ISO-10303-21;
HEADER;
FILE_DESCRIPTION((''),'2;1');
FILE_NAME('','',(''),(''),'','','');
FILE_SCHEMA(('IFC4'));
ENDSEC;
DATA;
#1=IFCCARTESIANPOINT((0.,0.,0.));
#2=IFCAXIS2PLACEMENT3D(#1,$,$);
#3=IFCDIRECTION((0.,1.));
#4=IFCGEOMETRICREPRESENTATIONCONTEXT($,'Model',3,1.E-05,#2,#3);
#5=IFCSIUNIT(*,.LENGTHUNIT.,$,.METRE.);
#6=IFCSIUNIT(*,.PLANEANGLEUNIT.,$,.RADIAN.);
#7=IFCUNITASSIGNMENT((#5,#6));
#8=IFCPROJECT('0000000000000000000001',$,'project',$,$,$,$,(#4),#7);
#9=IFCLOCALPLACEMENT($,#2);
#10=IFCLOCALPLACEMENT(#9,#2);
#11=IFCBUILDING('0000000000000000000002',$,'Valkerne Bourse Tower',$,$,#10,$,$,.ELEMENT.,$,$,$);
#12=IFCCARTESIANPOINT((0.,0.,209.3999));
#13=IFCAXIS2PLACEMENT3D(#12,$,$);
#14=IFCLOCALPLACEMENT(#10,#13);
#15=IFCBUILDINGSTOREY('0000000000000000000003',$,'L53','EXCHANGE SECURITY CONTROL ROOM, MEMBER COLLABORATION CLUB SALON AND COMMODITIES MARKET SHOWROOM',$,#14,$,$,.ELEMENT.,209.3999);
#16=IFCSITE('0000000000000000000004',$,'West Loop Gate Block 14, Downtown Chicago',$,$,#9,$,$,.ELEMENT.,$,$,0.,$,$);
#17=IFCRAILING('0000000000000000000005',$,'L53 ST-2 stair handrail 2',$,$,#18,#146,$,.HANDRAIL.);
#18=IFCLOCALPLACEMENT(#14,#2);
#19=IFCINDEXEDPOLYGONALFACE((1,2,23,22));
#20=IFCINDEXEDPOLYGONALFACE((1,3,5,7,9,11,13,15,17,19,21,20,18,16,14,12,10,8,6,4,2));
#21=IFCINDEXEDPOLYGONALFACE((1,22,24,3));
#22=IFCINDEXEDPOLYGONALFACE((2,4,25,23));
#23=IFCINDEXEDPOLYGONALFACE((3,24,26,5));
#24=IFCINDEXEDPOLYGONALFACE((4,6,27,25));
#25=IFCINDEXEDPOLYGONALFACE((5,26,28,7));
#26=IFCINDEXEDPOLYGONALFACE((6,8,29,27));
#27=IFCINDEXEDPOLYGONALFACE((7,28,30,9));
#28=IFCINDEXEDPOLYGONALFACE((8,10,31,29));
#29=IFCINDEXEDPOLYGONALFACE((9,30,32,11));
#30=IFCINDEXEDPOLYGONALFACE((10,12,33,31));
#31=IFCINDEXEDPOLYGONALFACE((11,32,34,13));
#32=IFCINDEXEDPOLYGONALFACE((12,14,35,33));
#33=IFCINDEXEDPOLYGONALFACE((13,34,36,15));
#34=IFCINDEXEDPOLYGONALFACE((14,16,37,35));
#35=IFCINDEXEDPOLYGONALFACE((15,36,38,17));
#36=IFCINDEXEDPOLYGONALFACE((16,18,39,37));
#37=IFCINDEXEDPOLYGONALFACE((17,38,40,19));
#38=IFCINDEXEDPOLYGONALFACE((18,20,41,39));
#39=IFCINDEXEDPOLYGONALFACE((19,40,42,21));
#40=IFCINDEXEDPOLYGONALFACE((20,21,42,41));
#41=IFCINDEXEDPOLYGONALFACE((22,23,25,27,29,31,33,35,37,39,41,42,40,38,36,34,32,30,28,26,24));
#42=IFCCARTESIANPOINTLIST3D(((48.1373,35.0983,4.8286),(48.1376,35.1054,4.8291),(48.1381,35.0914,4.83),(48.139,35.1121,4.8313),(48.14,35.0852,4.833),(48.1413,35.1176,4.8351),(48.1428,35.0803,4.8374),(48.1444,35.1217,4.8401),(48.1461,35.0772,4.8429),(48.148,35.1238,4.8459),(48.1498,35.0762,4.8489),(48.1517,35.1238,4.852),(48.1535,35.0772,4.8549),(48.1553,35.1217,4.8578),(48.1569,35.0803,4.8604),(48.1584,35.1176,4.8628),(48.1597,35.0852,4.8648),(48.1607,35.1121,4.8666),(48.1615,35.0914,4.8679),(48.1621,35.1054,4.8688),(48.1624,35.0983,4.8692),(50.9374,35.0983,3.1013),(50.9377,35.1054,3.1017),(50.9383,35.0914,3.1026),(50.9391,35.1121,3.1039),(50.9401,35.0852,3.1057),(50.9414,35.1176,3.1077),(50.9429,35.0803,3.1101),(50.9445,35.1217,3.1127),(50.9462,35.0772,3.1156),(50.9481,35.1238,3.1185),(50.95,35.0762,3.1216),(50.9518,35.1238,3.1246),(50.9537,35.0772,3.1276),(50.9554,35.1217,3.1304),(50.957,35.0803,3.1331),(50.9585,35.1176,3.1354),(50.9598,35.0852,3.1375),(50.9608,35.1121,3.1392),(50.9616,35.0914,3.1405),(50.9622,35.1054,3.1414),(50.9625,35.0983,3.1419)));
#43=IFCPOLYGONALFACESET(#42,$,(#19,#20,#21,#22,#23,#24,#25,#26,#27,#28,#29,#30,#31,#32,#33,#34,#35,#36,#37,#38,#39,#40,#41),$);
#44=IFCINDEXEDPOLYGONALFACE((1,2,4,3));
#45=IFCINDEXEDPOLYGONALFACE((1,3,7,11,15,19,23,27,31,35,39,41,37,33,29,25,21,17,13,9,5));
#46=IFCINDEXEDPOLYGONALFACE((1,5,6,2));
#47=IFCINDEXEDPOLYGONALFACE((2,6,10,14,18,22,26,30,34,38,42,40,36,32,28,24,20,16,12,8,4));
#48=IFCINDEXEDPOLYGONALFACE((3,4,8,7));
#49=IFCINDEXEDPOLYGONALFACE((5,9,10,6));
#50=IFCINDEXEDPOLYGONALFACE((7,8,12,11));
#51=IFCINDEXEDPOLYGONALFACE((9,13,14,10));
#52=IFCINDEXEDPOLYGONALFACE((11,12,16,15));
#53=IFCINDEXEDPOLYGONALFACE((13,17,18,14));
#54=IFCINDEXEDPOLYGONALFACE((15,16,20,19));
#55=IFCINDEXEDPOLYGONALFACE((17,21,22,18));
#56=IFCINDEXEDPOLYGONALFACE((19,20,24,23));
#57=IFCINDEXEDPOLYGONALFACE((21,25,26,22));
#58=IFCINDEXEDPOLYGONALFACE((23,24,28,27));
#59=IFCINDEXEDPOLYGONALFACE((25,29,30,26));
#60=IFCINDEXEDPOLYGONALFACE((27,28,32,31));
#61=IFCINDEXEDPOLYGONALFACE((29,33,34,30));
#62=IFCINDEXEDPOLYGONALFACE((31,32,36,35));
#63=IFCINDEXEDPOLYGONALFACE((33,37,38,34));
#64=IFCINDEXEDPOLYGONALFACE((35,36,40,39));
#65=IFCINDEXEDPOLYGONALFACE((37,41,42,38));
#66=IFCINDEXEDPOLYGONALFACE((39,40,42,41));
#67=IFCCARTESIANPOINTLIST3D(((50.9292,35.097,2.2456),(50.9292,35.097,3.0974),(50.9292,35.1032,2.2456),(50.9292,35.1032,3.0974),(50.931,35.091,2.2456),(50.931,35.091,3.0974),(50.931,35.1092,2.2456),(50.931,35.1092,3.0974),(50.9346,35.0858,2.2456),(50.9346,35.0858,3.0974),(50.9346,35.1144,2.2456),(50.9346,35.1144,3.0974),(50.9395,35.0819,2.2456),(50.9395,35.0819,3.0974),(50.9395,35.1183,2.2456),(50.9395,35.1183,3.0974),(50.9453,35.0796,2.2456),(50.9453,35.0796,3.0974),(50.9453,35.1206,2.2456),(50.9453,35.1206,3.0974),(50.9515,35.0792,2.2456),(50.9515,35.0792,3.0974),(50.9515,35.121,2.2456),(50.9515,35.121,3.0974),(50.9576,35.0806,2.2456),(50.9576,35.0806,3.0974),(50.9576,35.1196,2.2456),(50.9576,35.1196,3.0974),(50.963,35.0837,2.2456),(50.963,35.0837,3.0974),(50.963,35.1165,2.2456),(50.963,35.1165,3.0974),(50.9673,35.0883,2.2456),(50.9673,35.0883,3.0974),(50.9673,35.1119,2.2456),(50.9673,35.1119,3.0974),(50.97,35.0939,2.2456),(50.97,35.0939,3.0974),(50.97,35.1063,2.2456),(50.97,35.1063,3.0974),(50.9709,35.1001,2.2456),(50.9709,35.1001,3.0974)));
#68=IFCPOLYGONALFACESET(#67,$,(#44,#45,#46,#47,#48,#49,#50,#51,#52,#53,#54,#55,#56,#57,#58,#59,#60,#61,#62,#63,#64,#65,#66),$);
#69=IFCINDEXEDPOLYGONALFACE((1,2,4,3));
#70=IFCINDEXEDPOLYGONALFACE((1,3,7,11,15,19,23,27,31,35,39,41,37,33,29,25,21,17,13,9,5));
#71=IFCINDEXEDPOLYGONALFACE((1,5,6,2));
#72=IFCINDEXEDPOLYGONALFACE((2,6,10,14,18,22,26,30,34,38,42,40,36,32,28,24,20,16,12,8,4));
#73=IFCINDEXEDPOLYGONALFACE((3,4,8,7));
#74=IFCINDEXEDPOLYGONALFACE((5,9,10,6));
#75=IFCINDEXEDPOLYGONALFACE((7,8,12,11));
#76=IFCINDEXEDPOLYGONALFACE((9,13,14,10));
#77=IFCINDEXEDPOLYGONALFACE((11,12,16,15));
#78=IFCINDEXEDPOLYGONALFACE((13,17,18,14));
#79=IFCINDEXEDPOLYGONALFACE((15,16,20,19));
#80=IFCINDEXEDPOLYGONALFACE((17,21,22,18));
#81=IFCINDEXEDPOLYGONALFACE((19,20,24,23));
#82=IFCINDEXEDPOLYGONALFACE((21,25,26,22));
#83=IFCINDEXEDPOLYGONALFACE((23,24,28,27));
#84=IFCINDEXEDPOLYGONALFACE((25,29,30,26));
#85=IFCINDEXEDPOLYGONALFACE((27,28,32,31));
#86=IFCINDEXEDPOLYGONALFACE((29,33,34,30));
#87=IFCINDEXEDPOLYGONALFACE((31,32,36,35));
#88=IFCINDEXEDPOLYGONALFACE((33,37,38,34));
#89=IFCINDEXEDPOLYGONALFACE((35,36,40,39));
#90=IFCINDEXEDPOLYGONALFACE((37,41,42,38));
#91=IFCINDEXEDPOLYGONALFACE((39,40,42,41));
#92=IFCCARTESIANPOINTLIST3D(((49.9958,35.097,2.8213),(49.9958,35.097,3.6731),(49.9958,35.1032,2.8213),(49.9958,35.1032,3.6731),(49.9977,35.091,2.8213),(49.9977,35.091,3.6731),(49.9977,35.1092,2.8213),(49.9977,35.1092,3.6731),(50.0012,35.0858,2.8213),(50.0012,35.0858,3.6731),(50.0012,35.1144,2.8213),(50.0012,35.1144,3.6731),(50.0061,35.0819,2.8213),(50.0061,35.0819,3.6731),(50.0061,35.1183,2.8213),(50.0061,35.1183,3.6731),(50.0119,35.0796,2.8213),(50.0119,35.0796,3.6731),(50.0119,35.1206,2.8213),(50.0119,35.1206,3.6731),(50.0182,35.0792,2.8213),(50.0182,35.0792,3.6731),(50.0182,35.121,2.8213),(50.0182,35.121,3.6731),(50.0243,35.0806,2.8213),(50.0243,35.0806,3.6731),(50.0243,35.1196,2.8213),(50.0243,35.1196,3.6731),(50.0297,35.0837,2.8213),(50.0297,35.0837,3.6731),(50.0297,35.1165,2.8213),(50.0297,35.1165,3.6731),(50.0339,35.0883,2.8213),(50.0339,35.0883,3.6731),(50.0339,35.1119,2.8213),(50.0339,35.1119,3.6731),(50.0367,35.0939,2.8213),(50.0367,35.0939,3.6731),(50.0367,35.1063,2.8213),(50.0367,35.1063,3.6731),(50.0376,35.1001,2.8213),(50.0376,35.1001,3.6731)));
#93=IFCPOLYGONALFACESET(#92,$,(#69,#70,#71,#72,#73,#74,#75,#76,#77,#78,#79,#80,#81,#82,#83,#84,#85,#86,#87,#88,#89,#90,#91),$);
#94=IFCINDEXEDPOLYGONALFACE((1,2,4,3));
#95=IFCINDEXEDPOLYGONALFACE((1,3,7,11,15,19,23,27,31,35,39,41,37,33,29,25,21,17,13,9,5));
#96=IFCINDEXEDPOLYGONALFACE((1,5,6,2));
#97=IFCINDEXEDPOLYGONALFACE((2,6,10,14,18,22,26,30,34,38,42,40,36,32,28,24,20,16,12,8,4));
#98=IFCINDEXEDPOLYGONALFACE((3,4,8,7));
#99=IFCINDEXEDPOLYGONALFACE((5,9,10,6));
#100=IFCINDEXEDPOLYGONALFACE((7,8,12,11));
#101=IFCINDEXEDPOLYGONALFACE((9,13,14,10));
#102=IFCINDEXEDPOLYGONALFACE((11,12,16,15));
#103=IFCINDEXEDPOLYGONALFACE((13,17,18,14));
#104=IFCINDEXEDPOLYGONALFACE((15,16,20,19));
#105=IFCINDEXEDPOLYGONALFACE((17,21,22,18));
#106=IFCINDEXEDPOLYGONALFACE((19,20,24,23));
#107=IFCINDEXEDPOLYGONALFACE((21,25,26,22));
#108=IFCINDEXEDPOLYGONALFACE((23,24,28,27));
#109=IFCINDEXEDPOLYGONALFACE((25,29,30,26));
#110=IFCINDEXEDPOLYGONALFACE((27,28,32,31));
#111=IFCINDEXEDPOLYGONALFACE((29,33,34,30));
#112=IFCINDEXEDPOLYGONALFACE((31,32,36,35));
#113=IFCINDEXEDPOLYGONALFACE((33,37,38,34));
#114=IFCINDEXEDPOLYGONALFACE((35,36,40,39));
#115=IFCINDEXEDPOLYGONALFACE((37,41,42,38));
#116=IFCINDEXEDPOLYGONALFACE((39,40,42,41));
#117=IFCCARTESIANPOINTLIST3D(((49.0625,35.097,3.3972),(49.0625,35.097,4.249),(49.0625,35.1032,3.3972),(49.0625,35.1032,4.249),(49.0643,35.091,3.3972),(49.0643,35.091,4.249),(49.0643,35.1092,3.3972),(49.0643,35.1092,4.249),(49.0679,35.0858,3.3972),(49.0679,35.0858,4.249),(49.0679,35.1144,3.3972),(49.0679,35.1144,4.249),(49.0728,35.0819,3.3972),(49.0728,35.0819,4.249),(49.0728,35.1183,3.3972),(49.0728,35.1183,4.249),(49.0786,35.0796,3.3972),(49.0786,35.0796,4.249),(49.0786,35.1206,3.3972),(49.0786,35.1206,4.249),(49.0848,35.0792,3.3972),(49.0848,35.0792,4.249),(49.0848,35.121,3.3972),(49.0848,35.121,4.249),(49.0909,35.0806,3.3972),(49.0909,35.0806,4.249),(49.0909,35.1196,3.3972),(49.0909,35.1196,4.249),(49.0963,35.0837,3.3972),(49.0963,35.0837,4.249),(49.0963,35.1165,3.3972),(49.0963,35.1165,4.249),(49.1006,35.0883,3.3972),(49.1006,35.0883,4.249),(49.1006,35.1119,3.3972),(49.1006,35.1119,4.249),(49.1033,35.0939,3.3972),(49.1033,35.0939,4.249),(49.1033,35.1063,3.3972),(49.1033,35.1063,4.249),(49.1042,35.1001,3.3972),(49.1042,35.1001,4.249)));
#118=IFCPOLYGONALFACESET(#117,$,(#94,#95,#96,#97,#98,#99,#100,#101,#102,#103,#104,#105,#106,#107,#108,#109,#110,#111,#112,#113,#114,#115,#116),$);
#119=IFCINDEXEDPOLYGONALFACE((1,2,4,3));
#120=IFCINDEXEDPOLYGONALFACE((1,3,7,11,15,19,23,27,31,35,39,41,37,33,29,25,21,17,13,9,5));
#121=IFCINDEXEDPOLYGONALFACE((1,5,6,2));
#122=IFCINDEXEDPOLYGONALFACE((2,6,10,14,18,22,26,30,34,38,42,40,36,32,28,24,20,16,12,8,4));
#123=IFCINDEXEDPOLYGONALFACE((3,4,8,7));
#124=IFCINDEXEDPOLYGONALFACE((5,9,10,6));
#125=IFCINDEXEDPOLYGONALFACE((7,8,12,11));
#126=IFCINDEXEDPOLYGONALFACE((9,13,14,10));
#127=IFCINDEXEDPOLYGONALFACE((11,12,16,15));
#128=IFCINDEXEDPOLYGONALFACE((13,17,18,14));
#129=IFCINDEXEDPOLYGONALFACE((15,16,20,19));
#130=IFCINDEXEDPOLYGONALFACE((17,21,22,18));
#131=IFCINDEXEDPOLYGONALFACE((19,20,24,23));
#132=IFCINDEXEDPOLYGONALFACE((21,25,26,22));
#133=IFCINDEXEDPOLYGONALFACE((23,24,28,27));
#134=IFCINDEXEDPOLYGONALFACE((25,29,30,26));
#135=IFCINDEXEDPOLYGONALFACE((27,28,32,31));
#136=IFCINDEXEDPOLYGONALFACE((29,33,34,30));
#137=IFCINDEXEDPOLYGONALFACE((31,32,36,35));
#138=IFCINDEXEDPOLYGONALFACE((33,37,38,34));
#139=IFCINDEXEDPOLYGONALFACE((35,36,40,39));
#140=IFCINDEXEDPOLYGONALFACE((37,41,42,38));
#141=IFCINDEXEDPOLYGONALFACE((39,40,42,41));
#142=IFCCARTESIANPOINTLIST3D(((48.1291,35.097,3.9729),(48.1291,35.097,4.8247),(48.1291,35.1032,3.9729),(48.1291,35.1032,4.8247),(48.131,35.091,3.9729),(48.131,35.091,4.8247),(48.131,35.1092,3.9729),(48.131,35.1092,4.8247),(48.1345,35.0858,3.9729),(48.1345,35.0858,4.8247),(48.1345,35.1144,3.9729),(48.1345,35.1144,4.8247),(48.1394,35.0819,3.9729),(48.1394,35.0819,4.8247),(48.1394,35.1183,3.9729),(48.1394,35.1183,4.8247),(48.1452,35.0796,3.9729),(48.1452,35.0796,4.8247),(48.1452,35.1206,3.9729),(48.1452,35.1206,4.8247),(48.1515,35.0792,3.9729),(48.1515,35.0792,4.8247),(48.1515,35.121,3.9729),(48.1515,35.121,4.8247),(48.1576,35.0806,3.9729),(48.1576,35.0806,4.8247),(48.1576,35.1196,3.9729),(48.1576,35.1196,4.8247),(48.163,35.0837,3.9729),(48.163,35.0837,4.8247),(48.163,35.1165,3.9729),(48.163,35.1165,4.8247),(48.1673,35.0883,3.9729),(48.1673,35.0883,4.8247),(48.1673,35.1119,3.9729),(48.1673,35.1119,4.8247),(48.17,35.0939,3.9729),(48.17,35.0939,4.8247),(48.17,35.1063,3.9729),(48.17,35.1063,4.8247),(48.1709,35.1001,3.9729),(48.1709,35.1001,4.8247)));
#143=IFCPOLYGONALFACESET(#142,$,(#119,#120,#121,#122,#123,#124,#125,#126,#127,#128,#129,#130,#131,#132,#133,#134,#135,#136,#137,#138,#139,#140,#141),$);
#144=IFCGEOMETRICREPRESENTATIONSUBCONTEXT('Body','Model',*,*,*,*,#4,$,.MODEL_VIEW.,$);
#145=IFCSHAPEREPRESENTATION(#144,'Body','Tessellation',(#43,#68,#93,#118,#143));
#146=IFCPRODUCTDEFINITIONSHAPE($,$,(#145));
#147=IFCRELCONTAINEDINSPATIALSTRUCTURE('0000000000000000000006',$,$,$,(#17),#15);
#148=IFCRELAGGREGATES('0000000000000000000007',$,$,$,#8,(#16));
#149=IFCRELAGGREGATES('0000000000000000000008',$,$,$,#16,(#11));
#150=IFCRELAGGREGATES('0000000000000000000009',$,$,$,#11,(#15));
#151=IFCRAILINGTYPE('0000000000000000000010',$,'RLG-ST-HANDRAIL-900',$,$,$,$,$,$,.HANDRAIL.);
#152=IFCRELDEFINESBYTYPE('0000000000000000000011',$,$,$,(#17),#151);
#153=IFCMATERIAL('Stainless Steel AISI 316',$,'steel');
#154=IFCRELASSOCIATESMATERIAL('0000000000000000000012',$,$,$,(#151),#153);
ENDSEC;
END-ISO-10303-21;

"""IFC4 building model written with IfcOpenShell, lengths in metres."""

from ifc_helpers import new_model, si_unit, direction, frame, origin, origin_2d, place, context, subcontext, project, spatial, circle, extrude, material, type_object, element, save


model = new_model("IFC4")

# Units and contexts
model_context = context("Model", 3, precision=1e-05, world=origin(), true_north=direction((0.0, 1.0)))
body_context = subcontext(model_context, "Body", "Model", "MODEL_VIEW")
ifc_project = project(units=[si_unit("LENGTHUNIT", "METRE"), si_unit("PLANEANGLEUNIT", "RADIAN")], contexts=[model_context])

# Site, building, storey
site_placement = place(None, origin())
site = spatial("IfcSite", under=ifc_project, at=site_placement, Name="West Loop Gate Block 14, Downtown Chicago", CompositionType="ELEMENT", RefElevation=0.0)
building_placement = place(site_placement, origin())
building = spatial("IfcBuilding", under=site, at=building_placement, Name="Valkerne Bourse Tower", CompositionType="ELEMENT")
storey_placement = place(building_placement, frame((0.0, 0.0, 209.3999)))
storey = spatial("IfcBuildingStorey", under=building, at=storey_placement, Name="L53", Description="EXCHANGE SECURITY CONTROL ROOM, MEMBER COLLABORATION CLUB SALON AND COMMODITIES MARKET SHOWROOM", CompositionType="ELEMENT", Elevation=209.3999)

# Railing
ifc_material_1 = material(Name="Stainless Steel AISI 316", Category="steel")
railing_type_1 = type_object("IfcRailingType", Name="RLG-ST-HANDRAIL-900", PredefinedType="HANDRAIL", material=ifc_material_1)
railing_1_placement = place(storey_placement, frame((50.95, 35.1001, 2.2456)))
element("IfcRailing", 1, at=railing_1_placement, inside=storey, type_object=railing_type_1, Name="L53 ST-2 stair handrail 2", PredefinedType="HANDRAIL", context=body_context, shape_type="SweptSolid", body=[
    extrude(circle(Radius=0.0239, at=origin_2d()), frame((0.0, 0.0, 0.876), z_axis=(-0.85109, 0.0, 0.52502), x_axis=(0.0, -1.0, 0.0)), (0.0, 0.0, 1.0), 3.29),
    extrude(circle(Radius=0.021, at=origin_2d()), origin(), (0.0, 0.0, 1.0), 0.8518),
    extrude(circle(Radius=0.021, at=origin_2d()), frame((-0.9333, 0.0, 0.5757)), (0.0, 0.0, 1.0), 0.8518),
    extrude(circle(Radius=0.021, at=origin_2d()), frame((-1.8667, 0.0, 1.1516)), (0.0, 0.0, 1.0), 0.8518),
    extrude(circle(Radius=0.021, at=origin_2d()), frame((-2.8, 0.0, 1.7273)), (0.0, 0.0, 1.0), 0.8518),
])

save(model, "model.ifc")
